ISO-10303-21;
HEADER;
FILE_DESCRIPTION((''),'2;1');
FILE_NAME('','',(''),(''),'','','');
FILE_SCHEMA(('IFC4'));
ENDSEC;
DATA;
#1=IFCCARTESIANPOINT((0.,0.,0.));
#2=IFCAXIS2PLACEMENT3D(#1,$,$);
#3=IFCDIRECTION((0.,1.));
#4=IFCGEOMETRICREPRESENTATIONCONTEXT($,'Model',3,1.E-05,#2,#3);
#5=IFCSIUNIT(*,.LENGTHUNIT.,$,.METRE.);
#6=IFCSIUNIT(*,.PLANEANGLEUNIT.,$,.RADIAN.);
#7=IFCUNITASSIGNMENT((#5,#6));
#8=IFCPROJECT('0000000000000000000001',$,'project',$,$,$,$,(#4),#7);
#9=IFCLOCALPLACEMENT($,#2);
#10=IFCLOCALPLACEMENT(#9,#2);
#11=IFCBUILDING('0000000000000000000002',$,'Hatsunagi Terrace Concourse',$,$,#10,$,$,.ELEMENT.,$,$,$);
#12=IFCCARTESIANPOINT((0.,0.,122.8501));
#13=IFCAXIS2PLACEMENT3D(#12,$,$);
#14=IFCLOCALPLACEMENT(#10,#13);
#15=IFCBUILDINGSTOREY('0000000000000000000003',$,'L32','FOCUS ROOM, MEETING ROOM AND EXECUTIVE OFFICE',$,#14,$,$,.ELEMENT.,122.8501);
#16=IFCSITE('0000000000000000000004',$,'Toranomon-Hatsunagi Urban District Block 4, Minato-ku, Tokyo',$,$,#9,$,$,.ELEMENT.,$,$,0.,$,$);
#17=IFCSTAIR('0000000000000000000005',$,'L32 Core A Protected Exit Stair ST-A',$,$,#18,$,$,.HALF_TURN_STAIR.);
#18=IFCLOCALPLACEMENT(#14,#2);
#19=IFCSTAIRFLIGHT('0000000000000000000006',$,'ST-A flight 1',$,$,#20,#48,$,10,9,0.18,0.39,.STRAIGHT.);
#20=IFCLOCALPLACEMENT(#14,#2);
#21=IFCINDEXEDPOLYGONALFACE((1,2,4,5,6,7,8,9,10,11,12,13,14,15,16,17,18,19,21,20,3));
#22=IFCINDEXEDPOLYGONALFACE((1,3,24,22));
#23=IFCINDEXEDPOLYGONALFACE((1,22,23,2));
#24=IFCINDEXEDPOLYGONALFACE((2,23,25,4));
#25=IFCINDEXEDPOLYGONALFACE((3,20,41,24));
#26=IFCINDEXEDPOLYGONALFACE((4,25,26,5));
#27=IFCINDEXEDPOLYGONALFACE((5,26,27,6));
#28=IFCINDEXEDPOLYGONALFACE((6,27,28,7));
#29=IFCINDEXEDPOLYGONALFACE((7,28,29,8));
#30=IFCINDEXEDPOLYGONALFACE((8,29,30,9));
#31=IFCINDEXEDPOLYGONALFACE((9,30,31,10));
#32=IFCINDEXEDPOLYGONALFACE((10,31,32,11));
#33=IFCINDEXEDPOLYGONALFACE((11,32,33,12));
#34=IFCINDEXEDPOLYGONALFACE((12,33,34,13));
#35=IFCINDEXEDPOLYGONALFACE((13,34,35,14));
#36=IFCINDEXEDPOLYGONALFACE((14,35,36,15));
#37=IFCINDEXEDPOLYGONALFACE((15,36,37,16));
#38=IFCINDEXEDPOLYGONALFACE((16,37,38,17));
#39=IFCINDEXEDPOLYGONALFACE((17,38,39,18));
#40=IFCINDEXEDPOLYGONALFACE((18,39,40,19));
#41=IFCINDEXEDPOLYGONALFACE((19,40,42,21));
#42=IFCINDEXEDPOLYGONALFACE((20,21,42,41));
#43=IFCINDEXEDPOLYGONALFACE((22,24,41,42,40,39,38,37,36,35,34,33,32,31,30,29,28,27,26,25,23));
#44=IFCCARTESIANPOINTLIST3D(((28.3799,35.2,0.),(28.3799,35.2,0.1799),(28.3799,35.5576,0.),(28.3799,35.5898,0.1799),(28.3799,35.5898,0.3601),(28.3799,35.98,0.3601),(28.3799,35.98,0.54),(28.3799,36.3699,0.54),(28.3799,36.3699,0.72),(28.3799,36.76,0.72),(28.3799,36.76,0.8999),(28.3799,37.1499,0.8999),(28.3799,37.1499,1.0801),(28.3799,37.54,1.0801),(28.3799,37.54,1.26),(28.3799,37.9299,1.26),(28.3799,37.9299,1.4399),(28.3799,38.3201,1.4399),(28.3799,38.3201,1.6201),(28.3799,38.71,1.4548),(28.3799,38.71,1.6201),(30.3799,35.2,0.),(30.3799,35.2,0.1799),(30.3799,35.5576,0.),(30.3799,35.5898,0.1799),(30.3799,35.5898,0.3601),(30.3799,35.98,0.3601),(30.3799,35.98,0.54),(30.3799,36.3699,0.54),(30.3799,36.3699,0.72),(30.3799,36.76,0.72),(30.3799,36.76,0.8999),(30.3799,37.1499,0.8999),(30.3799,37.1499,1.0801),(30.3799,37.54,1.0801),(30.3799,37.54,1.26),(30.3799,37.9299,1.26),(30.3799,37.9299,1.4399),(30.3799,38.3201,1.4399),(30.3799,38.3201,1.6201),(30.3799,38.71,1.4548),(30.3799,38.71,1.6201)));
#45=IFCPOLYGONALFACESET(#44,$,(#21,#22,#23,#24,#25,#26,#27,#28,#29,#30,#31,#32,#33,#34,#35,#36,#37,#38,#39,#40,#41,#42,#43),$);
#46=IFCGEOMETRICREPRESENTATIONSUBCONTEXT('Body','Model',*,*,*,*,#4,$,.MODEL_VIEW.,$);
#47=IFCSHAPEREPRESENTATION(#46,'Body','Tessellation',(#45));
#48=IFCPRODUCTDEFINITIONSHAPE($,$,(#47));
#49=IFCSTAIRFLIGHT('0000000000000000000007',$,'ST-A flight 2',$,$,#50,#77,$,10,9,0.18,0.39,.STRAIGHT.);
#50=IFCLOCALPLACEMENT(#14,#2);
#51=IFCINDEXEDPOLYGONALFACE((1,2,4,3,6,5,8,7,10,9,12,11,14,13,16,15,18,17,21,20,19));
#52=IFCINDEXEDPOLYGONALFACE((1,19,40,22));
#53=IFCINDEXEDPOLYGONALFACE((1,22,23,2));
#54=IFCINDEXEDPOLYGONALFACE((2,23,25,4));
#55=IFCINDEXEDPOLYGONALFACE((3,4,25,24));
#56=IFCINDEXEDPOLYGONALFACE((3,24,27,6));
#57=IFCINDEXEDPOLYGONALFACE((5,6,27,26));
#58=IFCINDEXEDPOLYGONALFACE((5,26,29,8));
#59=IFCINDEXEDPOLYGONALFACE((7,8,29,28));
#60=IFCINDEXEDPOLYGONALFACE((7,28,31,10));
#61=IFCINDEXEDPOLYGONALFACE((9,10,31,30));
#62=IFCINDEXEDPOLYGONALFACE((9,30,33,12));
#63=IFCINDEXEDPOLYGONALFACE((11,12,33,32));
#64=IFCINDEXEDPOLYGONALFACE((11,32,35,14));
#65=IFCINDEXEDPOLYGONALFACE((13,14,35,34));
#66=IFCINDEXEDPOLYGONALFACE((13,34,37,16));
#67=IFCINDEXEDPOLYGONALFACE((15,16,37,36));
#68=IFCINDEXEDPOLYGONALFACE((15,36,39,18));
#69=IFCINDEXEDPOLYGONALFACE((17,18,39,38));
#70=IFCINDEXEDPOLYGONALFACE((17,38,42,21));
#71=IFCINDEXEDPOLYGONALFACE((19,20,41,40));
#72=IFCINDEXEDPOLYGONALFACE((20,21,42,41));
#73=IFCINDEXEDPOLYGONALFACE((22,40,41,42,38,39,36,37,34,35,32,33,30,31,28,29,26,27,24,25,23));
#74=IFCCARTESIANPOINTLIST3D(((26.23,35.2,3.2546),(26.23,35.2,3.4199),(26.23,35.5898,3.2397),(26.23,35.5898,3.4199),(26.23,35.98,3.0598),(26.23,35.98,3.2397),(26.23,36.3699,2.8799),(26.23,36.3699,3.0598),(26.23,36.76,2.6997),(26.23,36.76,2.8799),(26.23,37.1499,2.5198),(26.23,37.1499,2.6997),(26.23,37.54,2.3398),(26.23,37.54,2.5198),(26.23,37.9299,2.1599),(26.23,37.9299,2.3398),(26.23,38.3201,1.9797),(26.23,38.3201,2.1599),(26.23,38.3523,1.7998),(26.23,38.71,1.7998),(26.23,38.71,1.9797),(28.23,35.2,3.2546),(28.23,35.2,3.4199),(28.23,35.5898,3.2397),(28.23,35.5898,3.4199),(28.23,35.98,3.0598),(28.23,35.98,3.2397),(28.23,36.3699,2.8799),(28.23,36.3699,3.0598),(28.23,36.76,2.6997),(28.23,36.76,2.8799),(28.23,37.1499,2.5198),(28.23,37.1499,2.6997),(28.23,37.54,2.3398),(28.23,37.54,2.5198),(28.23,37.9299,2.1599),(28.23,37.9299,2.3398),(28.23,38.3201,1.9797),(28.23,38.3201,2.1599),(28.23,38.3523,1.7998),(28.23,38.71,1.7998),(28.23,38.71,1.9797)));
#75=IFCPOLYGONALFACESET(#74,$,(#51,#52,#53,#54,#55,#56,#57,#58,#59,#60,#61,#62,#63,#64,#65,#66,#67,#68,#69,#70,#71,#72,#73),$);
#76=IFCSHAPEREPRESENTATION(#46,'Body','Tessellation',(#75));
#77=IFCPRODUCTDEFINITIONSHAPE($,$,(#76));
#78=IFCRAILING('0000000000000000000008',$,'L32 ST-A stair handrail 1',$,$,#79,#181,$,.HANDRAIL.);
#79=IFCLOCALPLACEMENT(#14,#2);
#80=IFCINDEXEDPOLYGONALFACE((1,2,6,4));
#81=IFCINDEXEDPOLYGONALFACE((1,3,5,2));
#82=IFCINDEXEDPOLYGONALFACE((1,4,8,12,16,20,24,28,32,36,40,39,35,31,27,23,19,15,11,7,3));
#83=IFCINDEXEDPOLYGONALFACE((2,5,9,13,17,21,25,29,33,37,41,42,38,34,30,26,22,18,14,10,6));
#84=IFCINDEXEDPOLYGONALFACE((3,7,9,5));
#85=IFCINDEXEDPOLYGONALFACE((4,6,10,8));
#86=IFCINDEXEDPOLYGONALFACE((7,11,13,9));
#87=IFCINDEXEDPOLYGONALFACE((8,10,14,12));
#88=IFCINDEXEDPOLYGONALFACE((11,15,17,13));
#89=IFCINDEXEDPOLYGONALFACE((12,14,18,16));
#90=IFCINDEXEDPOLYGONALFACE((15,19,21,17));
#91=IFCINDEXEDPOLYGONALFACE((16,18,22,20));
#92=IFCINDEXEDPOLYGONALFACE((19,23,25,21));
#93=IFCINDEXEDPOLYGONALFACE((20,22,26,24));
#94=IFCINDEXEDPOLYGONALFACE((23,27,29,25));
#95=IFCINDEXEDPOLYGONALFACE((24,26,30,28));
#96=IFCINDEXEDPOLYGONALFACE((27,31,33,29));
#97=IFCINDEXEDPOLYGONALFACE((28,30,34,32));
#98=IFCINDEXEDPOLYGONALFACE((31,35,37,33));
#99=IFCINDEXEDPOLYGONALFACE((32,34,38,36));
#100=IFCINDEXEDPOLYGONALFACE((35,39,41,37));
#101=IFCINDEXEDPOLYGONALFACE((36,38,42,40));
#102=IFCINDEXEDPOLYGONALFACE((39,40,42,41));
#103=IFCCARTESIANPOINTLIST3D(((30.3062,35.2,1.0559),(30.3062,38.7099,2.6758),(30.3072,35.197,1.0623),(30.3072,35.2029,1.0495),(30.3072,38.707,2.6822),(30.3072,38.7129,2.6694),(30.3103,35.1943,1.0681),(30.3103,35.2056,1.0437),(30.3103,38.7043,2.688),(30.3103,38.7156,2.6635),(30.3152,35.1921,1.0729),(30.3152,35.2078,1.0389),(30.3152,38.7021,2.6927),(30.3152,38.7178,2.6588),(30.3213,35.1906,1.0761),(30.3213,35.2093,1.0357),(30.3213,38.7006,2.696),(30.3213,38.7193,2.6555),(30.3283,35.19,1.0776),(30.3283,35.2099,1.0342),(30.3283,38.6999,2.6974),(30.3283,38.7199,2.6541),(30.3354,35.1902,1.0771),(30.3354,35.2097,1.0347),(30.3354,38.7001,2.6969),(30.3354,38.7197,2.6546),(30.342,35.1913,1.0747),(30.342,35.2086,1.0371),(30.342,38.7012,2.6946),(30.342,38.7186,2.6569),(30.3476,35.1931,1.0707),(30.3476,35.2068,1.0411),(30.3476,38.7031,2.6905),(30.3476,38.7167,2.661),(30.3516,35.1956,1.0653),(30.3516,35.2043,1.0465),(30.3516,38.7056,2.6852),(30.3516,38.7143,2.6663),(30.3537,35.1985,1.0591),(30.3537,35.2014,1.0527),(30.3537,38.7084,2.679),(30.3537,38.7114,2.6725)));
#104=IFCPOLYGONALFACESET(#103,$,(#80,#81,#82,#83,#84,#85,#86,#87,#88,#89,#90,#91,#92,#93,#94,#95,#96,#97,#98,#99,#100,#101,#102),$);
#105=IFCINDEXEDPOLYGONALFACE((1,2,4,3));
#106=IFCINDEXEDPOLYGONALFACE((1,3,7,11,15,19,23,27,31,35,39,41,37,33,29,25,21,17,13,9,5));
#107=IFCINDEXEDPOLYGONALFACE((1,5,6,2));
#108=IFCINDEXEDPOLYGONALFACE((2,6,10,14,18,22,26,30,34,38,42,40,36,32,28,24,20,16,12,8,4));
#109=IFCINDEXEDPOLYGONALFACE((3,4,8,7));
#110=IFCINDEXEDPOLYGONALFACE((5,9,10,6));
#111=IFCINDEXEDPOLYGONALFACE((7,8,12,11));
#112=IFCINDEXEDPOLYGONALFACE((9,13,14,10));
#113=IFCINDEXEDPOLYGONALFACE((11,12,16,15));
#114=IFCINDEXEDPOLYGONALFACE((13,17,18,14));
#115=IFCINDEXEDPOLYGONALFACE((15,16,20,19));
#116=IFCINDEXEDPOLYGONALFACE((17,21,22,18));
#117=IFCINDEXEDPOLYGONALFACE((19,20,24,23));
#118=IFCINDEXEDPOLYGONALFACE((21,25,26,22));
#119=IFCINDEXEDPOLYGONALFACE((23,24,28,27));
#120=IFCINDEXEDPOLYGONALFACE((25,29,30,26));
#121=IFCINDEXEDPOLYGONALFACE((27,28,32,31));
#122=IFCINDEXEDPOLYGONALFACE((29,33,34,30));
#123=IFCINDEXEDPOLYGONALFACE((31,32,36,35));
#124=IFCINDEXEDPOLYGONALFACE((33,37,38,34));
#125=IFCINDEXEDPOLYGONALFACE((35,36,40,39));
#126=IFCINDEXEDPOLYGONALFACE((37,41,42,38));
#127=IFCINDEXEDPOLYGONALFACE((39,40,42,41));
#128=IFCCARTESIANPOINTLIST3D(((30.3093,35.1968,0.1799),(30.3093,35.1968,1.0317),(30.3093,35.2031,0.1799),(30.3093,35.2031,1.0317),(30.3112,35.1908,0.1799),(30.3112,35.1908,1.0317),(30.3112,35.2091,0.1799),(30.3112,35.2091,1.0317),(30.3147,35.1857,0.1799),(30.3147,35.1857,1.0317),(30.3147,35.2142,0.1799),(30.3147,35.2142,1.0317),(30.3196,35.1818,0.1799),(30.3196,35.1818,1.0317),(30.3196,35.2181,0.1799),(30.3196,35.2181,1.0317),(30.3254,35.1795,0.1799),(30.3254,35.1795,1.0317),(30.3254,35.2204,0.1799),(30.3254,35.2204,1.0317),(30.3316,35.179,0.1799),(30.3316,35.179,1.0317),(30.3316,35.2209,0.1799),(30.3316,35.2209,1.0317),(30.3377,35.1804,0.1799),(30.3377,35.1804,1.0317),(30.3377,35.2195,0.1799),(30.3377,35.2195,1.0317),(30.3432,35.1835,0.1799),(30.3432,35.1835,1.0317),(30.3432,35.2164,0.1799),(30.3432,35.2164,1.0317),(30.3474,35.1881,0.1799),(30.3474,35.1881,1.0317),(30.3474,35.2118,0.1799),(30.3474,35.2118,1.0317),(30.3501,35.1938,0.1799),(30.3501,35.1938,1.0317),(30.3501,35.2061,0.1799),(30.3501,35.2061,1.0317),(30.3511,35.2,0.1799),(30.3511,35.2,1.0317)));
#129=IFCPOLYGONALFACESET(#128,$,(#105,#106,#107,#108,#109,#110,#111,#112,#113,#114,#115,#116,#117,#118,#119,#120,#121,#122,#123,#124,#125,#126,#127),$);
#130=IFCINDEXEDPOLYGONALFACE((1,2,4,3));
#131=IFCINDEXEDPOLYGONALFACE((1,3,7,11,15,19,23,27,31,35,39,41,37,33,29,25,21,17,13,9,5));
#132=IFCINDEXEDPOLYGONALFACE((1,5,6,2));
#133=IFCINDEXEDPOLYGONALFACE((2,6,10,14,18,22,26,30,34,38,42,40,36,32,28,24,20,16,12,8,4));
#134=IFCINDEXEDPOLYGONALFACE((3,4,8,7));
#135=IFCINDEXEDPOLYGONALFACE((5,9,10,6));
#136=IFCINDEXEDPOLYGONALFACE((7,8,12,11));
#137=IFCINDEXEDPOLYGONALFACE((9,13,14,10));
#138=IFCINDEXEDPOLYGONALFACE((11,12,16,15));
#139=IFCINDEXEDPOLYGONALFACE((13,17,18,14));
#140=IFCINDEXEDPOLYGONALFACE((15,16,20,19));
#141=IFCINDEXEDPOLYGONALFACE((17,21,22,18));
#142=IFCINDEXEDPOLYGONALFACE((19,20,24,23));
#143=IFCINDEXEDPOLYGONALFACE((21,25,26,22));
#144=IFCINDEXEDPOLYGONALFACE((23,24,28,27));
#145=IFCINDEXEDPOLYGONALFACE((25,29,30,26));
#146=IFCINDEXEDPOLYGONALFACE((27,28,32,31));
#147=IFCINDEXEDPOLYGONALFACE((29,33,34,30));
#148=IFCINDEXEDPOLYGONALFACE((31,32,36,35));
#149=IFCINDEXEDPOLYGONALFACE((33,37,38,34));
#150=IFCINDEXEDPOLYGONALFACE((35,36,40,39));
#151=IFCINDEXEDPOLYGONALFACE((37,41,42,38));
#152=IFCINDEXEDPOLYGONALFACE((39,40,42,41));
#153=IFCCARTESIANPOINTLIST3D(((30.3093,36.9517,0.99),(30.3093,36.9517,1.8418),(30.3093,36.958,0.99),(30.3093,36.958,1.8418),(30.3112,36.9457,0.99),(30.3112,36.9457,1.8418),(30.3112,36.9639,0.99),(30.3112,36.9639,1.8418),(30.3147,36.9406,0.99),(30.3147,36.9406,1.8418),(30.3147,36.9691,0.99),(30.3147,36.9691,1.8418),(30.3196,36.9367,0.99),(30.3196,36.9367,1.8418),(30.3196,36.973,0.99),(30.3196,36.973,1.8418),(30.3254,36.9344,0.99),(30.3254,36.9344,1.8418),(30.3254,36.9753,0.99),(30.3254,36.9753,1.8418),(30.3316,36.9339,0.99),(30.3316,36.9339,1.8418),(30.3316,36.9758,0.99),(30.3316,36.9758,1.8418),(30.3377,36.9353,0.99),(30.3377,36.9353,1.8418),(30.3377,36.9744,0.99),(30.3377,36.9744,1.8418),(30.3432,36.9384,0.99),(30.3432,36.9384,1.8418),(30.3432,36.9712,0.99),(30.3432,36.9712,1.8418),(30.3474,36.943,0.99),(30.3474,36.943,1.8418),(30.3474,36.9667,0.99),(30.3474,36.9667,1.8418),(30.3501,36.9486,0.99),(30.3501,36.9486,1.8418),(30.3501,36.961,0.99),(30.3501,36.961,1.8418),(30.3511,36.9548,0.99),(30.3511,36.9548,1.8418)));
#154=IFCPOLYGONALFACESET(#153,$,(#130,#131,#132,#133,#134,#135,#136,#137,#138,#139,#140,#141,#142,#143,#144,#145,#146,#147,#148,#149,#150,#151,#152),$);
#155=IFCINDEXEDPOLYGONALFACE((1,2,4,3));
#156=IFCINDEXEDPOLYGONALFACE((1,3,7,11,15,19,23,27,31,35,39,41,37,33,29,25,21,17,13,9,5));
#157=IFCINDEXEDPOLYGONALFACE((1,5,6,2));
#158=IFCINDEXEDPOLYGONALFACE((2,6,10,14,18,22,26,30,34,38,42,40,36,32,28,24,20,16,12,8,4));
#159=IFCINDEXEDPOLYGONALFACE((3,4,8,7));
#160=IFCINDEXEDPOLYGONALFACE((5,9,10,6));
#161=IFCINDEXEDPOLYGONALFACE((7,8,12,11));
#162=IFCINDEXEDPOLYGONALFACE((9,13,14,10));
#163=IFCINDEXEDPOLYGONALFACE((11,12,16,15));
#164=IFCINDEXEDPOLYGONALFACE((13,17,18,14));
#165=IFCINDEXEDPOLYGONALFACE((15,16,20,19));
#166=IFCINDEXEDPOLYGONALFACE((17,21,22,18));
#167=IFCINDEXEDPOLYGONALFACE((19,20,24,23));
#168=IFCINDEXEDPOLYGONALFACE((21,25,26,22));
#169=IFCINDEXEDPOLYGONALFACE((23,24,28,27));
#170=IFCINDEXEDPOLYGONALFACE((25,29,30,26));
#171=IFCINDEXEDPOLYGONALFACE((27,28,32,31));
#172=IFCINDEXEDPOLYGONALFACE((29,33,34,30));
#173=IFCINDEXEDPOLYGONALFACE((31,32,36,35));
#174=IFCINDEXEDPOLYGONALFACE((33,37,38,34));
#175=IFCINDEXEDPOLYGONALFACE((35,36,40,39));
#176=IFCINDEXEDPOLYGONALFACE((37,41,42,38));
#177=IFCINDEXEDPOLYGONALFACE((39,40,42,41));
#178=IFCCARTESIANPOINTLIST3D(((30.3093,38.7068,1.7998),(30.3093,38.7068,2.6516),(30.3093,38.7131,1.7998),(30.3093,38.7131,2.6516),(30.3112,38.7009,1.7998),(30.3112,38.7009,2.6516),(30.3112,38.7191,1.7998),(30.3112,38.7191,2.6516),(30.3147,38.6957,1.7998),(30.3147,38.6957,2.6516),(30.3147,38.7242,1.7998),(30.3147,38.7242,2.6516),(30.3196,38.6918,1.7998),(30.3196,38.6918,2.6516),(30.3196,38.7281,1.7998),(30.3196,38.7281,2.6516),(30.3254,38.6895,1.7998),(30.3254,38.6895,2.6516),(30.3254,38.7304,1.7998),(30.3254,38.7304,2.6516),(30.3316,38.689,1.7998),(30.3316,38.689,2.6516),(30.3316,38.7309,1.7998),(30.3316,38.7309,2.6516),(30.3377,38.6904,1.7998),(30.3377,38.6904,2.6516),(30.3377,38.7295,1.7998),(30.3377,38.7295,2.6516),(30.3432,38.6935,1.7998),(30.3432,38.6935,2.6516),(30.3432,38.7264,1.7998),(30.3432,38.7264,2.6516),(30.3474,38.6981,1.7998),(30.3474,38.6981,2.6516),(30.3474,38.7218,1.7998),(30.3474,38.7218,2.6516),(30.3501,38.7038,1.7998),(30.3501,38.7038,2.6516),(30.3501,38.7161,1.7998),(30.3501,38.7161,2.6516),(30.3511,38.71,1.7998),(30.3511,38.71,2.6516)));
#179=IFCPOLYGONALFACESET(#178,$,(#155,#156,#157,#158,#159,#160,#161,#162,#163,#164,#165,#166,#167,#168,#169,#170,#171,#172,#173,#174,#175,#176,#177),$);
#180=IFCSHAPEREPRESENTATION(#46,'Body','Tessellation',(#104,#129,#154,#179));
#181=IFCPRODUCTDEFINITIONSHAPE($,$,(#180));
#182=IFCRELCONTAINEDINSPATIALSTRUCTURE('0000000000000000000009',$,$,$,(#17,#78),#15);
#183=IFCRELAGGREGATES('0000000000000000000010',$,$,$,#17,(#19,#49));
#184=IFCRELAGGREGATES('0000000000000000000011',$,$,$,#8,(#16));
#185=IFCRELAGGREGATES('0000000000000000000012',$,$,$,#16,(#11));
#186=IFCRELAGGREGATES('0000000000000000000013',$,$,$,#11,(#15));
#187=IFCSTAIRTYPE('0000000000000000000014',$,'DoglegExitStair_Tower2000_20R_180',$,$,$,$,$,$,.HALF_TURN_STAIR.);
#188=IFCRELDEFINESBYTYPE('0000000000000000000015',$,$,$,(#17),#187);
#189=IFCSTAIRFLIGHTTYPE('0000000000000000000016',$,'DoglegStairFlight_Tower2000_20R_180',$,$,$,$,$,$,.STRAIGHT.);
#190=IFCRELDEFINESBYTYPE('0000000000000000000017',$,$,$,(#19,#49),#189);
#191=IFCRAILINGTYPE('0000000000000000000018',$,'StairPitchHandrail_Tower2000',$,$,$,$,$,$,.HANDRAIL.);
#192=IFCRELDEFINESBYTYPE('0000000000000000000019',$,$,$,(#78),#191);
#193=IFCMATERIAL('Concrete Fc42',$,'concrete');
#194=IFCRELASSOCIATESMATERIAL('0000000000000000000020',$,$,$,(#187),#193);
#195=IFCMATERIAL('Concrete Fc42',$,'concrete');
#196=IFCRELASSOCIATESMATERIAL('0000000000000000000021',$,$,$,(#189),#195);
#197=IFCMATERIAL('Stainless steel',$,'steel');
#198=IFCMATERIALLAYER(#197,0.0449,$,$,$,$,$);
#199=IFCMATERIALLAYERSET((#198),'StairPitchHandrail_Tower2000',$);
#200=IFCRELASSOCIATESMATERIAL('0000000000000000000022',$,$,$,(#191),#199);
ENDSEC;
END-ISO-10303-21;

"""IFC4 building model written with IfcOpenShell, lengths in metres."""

from ifc_helpers import new_model, si_unit, direction, frame, origin, origin_2d, place, context, subcontext, project, spatial, polyline, circle, outline, extrude, material, layer, layer_set, type_object, element, aggregate, save


model = new_model("IFC4")

# Units and contexts
model_context = context("Model", 3, precision=1e-05, world=origin(), true_north=direction((0.0, 1.0)))
body_context = subcontext(model_context, "Body", "Model", "MODEL_VIEW")
ifc_project = project(units=[si_unit("LENGTHUNIT", "METRE"), si_unit("PLANEANGLEUNIT", "RADIAN")], contexts=[model_context])

# Site, building, storey
site_placement = place(None, origin())
site = spatial("IfcSite", under=ifc_project, at=site_placement, Name="Toranomon-Hatsunagi Urban District Block 4, Minato-ku, Tokyo", CompositionType="ELEMENT", RefElevation=0.0)
building_placement = place(site_placement, origin())
building = spatial("IfcBuilding", under=site, at=building_placement, Name="Hatsunagi Terrace Concourse", CompositionType="ELEMENT")
storey_placement = place(building_placement, frame((0.0, 0.0, 122.8501)))
storey = spatial("IfcBuildingStorey", under=building, at=storey_placement, Name="L32", Description="FOCUS ROOM, MEETING ROOM AND EXECUTIVE OFFICE", CompositionType="ELEMENT", Elevation=122.8501)

# Stair, stair flights
ifc_material_1 = material(Name="Concrete Fc42", Category="concrete")
stair_type = type_object("IfcStairType", Name="DoglegExitStair_Tower2000_20R_180", PredefinedType="HALF_TURN_STAIR", material=ifc_material_1)
stair_placement = place(storey_placement, origin())
stair = element("IfcStair", 1, at=stair_placement, inside=storey, type_object=stair_type, Name="L32 Core A Protected Exit Stair ST-A", PredefinedType="HALF_TURN_STAIR")
ifc_material_2 = material(Name="Concrete Fc42", Category="concrete")
stair_flight_type = type_object("IfcStairFlightType", Name="DoglegStairFlight_Tower2000_20R_180", PredefinedType="STRAIGHT", material=ifc_material_2)
stair_flight_1_placement = place(storey_placement, frame((29.3799, 35.2, 0.0), z_axis=(0.0, 0.0, 1.0), x_axis=(0.0, 1.0, 0.0)))
stair_flight_1 = element("IfcStairFlight", 2, at=stair_flight_1_placement, type_object=stair_flight_type, Name="ST-A flight 1", NumberOfRisers=10, NumberOfTreads=9, PredefinedType="STRAIGHT", RiserHeight=0.18, TreadLength=0.39, context=body_context, shape_type="SweptSolid", body=[
    extrude(outline(polyline([(0.0, 0.0), (0.0, 0.1799), (0.3899, 0.1799), (0.3899, 0.3601), (0.78, 0.3601), (0.78, 0.54), (1.1699, 0.54), (1.1699, 0.72), (1.5601, 0.72), (1.5601, 0.8999), (1.95, 0.8999), (1.95, 1.0801), (2.3401, 1.0801), (2.3401, 1.26), (2.73, 1.26), (2.73, 1.4399), (3.1201, 1.4399), (3.1201, 1.6201), (3.51, 1.6201), (3.51, 1.8), (3.51, 1.4548), (0.3577, 0.0), (0.0, 0.0)])), frame((0.0, 1.0, 0.0), z_axis=(0.0, -1.0, 0.0), x_axis=(1.0, 0.0, 0.0)), (0.0, 0.0, 1.0), 2.0),
])
stair_flight_2_placement = place(storey_placement, frame((27.23, 38.71, 1.7998), z_axis=(0.0, 0.0, 1.0), x_axis=(0.0, -1.0, 0.0)))
stair_flight_2 = element("IfcStairFlight", 3, at=stair_flight_2_placement, type_object=stair_flight_type, Name="ST-A flight 2", NumberOfRisers=10, NumberOfTreads=9, PredefinedType="STRAIGHT", RiserHeight=0.18, TreadLength=0.39, context=body_context, shape_type="SweptSolid", body=[
    extrude(outline(polyline([(0.0, 0.0), (0.0, 0.1799), (0.3899, 0.1799), (0.3899, 0.3601), (0.78, 0.3601), (0.78, 0.54), (1.1699, 0.54), (1.1699, 0.72), (1.5601, 0.72), (1.5601, 0.8999), (1.95, 0.8999), (1.95, 1.0801), (2.3401, 1.0801), (2.3401, 1.26), (2.73, 1.26), (2.73, 1.4399), (3.1201, 1.4399), (3.1201, 1.6201), (3.51, 1.6201), (3.51, 1.8), (3.51, 1.4548), (0.3577, 0.0), (0.0, 0.0)])), frame((0.0, 1.0, 0.0), z_axis=(0.0, -1.0, 0.0), x_axis=(1.0, 0.0, 0.0)), (0.0, 0.0, 1.0), 2.0),
])
aggregate(stair, [stair_flight_1, stair_flight_2])

# Railing
ifc_material_3 = material(Name="Stainless steel", Category="steel")
ifc_layer_1 = layer(ifc_material_3, 0.0449)
ifc_layer_set_1 = layer_set([ifc_layer_1], Name="StairPitchHandrail_Tower2000")
railing_type_1 = type_object("IfcRailingType", Name="StairPitchHandrail_Tower2000", PredefinedType="HANDRAIL", material=ifc_layer_set_1)
railing_1_placement = place(storey_placement, frame((30.3301, 35.2, 0.1799)))
element("IfcRailing", 4, at=railing_1_placement, inside=storey, type_object=railing_type_1, Name="L32 ST-A stair handrail 1", PredefinedType="HANDRAIL", context=body_context, shape_type="SweptSolid", body=[
    extrude(circle(Radius=0.0239, at=origin_2d()), frame((0.0, 0.0, 0.876), z_axis=(0.0, 0.907972, 0.41903), x_axis=(-1.0, 0.0, 0.0)), (0.0, 0.0, 1.0), 3.8657),
    extrude(circle(Radius=0.021, at=origin_2d()), origin(), (0.0, 0.0, 1.0), 0.8518),
    extrude(circle(Radius=0.021, at=origin_2d()), frame((0.0, 1.7549, 0.8101)), (0.0, 0.0, 1.0), 0.8518),
    extrude(circle(Radius=0.021, at=origin_2d()), frame((0.0, 3.51, 1.6199)), (0.0, 0.0, 1.0), 0.8518),
])

save(model, "model.ifc")
